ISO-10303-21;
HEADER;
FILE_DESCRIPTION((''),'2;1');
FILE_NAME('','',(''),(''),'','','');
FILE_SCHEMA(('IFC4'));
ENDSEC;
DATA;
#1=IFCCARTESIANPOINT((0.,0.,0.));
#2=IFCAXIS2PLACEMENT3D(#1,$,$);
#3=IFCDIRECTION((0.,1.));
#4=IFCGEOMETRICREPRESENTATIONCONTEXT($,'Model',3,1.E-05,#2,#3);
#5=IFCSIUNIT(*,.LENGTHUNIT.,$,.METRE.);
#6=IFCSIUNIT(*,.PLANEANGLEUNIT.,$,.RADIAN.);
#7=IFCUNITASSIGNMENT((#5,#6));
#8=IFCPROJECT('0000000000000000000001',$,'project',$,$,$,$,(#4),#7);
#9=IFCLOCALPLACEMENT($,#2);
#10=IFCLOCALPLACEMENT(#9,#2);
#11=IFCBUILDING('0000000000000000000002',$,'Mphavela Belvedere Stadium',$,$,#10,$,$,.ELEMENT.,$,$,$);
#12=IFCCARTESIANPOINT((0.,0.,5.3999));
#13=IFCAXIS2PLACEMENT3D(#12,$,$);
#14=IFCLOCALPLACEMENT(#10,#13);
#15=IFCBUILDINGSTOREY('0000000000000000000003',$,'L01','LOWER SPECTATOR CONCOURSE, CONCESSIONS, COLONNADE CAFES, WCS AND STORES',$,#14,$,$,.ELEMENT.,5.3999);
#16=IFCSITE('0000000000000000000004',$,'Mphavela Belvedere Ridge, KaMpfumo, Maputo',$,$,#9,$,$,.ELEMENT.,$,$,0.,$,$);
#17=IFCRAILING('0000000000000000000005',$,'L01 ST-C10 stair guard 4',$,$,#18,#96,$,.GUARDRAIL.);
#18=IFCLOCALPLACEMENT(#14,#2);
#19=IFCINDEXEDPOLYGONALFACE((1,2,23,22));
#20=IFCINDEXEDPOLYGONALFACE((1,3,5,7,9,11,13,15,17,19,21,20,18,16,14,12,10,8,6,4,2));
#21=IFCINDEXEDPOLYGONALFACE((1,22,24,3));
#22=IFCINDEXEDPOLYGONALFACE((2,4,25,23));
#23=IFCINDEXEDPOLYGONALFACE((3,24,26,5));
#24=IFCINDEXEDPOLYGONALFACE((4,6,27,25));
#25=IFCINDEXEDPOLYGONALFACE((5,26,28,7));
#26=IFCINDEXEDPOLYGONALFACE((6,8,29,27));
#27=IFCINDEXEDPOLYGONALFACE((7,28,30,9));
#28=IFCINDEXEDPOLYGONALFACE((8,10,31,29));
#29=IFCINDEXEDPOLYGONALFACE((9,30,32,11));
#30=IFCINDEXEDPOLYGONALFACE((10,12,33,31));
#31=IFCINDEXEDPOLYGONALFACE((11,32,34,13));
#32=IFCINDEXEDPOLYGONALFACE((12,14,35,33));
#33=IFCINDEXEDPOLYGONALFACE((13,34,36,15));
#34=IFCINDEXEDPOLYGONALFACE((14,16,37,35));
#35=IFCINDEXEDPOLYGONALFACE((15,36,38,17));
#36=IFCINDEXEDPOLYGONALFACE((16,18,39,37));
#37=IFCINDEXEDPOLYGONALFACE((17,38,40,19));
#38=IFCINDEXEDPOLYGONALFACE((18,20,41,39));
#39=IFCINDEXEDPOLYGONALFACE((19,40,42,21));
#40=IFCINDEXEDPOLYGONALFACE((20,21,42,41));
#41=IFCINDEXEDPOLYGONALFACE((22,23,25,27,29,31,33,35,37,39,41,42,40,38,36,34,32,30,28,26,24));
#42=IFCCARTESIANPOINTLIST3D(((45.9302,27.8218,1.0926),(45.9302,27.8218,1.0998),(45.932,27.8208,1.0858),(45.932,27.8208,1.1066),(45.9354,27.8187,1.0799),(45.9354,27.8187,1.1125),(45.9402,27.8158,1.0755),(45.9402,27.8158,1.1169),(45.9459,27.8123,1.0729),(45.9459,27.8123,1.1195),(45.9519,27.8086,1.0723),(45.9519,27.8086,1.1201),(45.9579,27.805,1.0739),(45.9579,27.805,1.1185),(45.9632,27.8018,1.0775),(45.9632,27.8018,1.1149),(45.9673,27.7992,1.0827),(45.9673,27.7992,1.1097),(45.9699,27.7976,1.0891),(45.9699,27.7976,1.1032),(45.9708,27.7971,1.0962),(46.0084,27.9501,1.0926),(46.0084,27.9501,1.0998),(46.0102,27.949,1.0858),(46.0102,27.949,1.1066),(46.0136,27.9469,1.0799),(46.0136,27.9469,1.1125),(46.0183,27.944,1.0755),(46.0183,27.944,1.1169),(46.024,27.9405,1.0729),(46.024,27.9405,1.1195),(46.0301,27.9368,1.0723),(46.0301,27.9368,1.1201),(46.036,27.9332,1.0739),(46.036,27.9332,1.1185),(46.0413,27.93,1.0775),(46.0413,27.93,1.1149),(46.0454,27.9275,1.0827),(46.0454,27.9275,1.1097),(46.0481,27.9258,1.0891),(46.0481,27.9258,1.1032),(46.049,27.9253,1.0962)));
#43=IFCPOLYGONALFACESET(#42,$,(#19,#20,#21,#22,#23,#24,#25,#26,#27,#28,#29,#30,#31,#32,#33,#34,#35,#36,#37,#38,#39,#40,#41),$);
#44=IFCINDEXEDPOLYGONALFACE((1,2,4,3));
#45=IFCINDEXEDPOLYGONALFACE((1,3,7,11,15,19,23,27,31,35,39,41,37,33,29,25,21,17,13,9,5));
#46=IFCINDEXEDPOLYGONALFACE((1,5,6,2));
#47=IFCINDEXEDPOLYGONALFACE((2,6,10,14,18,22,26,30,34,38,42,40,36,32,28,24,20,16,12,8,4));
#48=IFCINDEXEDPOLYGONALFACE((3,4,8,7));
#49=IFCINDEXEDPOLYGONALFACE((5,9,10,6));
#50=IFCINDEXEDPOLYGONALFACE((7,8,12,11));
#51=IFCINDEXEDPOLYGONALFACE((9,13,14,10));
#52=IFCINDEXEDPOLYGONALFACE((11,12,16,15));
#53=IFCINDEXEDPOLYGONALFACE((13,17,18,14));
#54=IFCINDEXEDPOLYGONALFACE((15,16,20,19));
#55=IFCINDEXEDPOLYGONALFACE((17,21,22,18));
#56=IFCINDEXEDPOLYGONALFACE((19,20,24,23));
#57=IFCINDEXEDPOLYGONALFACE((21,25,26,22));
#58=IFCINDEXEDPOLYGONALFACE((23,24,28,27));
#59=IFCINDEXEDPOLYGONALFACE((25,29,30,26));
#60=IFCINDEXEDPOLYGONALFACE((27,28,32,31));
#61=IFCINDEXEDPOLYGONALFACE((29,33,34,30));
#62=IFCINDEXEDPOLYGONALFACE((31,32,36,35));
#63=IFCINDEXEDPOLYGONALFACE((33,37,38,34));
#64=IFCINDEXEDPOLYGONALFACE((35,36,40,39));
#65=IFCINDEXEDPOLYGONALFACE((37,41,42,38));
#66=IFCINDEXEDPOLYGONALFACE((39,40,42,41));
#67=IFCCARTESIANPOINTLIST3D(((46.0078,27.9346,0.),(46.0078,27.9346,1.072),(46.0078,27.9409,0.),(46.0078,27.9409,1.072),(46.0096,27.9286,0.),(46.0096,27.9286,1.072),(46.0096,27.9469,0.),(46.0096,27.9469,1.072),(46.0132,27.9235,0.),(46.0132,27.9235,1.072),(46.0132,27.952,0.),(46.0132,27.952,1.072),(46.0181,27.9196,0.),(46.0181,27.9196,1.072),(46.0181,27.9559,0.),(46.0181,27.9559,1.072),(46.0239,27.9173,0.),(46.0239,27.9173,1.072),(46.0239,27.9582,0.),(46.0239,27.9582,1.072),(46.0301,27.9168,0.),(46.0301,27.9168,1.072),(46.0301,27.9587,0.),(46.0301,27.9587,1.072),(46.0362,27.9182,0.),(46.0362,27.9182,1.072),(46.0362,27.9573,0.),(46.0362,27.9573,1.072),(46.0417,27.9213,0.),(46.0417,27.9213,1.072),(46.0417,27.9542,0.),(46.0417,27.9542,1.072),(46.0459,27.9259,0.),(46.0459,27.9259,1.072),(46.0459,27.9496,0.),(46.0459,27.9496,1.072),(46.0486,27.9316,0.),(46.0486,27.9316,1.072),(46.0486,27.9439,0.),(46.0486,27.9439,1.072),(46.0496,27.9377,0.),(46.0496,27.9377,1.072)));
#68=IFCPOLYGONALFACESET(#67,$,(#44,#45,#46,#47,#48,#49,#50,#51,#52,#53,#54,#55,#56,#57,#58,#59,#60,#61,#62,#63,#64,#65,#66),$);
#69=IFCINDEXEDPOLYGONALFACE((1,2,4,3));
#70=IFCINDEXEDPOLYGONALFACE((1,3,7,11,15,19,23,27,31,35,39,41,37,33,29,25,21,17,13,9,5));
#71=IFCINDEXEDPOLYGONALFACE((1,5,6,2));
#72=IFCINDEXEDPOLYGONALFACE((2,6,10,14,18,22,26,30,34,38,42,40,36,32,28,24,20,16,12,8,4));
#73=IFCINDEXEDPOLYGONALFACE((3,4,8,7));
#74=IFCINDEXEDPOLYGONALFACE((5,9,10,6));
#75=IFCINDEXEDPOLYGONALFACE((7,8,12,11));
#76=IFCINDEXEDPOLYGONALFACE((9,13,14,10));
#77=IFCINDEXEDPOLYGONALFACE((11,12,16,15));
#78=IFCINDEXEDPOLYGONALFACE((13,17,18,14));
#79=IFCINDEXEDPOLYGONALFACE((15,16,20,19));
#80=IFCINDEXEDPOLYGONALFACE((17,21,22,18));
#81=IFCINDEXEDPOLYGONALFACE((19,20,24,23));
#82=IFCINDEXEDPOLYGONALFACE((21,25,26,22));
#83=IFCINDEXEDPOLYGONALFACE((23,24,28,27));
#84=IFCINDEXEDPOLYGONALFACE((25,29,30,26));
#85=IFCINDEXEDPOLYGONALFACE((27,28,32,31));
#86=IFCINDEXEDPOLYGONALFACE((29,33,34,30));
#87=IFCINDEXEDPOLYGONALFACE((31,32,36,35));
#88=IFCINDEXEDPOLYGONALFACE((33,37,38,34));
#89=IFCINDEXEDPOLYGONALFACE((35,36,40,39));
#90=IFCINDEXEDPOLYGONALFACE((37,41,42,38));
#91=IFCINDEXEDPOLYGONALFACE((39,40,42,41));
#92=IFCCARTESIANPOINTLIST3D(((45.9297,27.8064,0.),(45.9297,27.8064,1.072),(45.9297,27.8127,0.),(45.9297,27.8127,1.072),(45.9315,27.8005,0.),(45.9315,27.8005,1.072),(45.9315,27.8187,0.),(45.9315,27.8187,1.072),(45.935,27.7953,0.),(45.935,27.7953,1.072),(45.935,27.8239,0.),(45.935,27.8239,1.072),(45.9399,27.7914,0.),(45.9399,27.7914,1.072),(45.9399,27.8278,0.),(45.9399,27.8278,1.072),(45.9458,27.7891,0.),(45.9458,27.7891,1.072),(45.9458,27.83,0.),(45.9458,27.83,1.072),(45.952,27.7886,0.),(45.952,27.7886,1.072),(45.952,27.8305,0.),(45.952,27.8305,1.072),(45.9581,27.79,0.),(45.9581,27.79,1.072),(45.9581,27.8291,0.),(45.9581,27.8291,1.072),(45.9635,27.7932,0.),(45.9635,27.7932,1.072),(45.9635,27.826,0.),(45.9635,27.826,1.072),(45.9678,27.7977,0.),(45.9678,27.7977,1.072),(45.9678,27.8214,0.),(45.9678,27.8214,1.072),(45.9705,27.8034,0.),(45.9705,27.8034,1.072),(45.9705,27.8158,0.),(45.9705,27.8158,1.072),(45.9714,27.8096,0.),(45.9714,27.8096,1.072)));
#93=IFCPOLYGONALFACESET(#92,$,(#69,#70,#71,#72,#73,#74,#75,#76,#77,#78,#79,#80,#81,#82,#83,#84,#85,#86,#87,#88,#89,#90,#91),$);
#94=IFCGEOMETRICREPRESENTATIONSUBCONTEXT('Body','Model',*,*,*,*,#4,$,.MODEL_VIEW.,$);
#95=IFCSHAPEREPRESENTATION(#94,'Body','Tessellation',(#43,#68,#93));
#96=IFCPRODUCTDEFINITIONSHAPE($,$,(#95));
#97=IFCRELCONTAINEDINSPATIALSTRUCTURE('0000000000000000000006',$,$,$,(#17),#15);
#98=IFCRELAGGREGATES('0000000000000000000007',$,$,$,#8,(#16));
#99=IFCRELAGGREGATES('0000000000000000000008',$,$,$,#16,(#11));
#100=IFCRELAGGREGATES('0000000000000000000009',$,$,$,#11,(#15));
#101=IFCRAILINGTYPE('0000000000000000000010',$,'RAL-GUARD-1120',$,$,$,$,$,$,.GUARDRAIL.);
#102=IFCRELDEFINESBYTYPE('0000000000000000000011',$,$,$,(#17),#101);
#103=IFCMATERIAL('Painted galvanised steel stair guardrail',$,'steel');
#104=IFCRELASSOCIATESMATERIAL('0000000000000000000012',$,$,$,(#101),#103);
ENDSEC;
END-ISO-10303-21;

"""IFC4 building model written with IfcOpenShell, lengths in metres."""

from ifc_helpers import new_model, si_unit, direction, frame, origin, origin_2d, place, context, subcontext, project, spatial, circle, extrude, material, type_object, element, save


model = new_model("IFC4")

# Units and contexts
model_context = context("Model", 3, precision=1e-05, world=origin(), true_north=direction((0.0, 1.0)))
body_context = subcontext(model_context, "Body", "Model", "MODEL_VIEW")
ifc_project = project(units=[si_unit("LENGTHUNIT", "METRE"), si_unit("PLANEANGLEUNIT", "RADIAN")], contexts=[model_context])

# Site, building, storey
site_placement = place(None, origin())
site = spatial("IfcSite", under=ifc_project, at=site_placement, Name="Mphavela Belvedere Ridge, KaMpfumo, Maputo", CompositionType="ELEMENT", RefElevation=0.0)
building_placement = place(site_placement, origin())
building = spatial("IfcBuilding", under=site, at=building_placement, Name="Mphavela Belvedere Stadium", CompositionType="ELEMENT")
storey_placement = place(building_placement, frame((0.0, 0.0, 5.3999)))
storey = spatial("IfcBuildingStorey", under=building, at=storey_placement, Name="L01", Description="LOWER SPECTATOR CONCOURSE, CONCESSIONS, COLONNADE CAFES, WCS AND STORES", CompositionType="ELEMENT", Elevation=5.3999)

# Railing
ifc_material_1 = material(Name="Painted galvanised steel stair guardrail", Category="steel")
railing_type_1 = type_object("IfcRailingType", Name="RAL-GUARD-1120", PredefinedType="GUARDRAIL", material=ifc_material_1)
railing_1_placement = place(storey_placement, frame((46.0286, 27.9377, 0.0)))
element("IfcRailing", 1, at=railing_1_placement, inside=storey, type_object=railing_type_1, Name="L01 ST-C10 stair guard 4", PredefinedType="GUARDRAIL", context=body_context, shape_type="SweptSolid", body=[
    extrude(circle(Radius=0.0239, at=origin_2d()), frame((0.0, 0.0, 1.0962), z_axis=(-0.520463, -0.853884, 0.0), x_axis=(0.853884, -0.520463, 0.0)), (0.0, 0.0, 1.0), 0.1501),
    extrude(circle(Radius=0.021, at=origin_2d()), origin(), (0.0, 0.0, 1.0), 1.072),
    extrude(circle(Radius=0.021, at=origin_2d()), frame((-0.0781, -0.1282, 0.0)), (0.0, 0.0, 1.0), 1.072),
])

save(model, "model.ifc")
